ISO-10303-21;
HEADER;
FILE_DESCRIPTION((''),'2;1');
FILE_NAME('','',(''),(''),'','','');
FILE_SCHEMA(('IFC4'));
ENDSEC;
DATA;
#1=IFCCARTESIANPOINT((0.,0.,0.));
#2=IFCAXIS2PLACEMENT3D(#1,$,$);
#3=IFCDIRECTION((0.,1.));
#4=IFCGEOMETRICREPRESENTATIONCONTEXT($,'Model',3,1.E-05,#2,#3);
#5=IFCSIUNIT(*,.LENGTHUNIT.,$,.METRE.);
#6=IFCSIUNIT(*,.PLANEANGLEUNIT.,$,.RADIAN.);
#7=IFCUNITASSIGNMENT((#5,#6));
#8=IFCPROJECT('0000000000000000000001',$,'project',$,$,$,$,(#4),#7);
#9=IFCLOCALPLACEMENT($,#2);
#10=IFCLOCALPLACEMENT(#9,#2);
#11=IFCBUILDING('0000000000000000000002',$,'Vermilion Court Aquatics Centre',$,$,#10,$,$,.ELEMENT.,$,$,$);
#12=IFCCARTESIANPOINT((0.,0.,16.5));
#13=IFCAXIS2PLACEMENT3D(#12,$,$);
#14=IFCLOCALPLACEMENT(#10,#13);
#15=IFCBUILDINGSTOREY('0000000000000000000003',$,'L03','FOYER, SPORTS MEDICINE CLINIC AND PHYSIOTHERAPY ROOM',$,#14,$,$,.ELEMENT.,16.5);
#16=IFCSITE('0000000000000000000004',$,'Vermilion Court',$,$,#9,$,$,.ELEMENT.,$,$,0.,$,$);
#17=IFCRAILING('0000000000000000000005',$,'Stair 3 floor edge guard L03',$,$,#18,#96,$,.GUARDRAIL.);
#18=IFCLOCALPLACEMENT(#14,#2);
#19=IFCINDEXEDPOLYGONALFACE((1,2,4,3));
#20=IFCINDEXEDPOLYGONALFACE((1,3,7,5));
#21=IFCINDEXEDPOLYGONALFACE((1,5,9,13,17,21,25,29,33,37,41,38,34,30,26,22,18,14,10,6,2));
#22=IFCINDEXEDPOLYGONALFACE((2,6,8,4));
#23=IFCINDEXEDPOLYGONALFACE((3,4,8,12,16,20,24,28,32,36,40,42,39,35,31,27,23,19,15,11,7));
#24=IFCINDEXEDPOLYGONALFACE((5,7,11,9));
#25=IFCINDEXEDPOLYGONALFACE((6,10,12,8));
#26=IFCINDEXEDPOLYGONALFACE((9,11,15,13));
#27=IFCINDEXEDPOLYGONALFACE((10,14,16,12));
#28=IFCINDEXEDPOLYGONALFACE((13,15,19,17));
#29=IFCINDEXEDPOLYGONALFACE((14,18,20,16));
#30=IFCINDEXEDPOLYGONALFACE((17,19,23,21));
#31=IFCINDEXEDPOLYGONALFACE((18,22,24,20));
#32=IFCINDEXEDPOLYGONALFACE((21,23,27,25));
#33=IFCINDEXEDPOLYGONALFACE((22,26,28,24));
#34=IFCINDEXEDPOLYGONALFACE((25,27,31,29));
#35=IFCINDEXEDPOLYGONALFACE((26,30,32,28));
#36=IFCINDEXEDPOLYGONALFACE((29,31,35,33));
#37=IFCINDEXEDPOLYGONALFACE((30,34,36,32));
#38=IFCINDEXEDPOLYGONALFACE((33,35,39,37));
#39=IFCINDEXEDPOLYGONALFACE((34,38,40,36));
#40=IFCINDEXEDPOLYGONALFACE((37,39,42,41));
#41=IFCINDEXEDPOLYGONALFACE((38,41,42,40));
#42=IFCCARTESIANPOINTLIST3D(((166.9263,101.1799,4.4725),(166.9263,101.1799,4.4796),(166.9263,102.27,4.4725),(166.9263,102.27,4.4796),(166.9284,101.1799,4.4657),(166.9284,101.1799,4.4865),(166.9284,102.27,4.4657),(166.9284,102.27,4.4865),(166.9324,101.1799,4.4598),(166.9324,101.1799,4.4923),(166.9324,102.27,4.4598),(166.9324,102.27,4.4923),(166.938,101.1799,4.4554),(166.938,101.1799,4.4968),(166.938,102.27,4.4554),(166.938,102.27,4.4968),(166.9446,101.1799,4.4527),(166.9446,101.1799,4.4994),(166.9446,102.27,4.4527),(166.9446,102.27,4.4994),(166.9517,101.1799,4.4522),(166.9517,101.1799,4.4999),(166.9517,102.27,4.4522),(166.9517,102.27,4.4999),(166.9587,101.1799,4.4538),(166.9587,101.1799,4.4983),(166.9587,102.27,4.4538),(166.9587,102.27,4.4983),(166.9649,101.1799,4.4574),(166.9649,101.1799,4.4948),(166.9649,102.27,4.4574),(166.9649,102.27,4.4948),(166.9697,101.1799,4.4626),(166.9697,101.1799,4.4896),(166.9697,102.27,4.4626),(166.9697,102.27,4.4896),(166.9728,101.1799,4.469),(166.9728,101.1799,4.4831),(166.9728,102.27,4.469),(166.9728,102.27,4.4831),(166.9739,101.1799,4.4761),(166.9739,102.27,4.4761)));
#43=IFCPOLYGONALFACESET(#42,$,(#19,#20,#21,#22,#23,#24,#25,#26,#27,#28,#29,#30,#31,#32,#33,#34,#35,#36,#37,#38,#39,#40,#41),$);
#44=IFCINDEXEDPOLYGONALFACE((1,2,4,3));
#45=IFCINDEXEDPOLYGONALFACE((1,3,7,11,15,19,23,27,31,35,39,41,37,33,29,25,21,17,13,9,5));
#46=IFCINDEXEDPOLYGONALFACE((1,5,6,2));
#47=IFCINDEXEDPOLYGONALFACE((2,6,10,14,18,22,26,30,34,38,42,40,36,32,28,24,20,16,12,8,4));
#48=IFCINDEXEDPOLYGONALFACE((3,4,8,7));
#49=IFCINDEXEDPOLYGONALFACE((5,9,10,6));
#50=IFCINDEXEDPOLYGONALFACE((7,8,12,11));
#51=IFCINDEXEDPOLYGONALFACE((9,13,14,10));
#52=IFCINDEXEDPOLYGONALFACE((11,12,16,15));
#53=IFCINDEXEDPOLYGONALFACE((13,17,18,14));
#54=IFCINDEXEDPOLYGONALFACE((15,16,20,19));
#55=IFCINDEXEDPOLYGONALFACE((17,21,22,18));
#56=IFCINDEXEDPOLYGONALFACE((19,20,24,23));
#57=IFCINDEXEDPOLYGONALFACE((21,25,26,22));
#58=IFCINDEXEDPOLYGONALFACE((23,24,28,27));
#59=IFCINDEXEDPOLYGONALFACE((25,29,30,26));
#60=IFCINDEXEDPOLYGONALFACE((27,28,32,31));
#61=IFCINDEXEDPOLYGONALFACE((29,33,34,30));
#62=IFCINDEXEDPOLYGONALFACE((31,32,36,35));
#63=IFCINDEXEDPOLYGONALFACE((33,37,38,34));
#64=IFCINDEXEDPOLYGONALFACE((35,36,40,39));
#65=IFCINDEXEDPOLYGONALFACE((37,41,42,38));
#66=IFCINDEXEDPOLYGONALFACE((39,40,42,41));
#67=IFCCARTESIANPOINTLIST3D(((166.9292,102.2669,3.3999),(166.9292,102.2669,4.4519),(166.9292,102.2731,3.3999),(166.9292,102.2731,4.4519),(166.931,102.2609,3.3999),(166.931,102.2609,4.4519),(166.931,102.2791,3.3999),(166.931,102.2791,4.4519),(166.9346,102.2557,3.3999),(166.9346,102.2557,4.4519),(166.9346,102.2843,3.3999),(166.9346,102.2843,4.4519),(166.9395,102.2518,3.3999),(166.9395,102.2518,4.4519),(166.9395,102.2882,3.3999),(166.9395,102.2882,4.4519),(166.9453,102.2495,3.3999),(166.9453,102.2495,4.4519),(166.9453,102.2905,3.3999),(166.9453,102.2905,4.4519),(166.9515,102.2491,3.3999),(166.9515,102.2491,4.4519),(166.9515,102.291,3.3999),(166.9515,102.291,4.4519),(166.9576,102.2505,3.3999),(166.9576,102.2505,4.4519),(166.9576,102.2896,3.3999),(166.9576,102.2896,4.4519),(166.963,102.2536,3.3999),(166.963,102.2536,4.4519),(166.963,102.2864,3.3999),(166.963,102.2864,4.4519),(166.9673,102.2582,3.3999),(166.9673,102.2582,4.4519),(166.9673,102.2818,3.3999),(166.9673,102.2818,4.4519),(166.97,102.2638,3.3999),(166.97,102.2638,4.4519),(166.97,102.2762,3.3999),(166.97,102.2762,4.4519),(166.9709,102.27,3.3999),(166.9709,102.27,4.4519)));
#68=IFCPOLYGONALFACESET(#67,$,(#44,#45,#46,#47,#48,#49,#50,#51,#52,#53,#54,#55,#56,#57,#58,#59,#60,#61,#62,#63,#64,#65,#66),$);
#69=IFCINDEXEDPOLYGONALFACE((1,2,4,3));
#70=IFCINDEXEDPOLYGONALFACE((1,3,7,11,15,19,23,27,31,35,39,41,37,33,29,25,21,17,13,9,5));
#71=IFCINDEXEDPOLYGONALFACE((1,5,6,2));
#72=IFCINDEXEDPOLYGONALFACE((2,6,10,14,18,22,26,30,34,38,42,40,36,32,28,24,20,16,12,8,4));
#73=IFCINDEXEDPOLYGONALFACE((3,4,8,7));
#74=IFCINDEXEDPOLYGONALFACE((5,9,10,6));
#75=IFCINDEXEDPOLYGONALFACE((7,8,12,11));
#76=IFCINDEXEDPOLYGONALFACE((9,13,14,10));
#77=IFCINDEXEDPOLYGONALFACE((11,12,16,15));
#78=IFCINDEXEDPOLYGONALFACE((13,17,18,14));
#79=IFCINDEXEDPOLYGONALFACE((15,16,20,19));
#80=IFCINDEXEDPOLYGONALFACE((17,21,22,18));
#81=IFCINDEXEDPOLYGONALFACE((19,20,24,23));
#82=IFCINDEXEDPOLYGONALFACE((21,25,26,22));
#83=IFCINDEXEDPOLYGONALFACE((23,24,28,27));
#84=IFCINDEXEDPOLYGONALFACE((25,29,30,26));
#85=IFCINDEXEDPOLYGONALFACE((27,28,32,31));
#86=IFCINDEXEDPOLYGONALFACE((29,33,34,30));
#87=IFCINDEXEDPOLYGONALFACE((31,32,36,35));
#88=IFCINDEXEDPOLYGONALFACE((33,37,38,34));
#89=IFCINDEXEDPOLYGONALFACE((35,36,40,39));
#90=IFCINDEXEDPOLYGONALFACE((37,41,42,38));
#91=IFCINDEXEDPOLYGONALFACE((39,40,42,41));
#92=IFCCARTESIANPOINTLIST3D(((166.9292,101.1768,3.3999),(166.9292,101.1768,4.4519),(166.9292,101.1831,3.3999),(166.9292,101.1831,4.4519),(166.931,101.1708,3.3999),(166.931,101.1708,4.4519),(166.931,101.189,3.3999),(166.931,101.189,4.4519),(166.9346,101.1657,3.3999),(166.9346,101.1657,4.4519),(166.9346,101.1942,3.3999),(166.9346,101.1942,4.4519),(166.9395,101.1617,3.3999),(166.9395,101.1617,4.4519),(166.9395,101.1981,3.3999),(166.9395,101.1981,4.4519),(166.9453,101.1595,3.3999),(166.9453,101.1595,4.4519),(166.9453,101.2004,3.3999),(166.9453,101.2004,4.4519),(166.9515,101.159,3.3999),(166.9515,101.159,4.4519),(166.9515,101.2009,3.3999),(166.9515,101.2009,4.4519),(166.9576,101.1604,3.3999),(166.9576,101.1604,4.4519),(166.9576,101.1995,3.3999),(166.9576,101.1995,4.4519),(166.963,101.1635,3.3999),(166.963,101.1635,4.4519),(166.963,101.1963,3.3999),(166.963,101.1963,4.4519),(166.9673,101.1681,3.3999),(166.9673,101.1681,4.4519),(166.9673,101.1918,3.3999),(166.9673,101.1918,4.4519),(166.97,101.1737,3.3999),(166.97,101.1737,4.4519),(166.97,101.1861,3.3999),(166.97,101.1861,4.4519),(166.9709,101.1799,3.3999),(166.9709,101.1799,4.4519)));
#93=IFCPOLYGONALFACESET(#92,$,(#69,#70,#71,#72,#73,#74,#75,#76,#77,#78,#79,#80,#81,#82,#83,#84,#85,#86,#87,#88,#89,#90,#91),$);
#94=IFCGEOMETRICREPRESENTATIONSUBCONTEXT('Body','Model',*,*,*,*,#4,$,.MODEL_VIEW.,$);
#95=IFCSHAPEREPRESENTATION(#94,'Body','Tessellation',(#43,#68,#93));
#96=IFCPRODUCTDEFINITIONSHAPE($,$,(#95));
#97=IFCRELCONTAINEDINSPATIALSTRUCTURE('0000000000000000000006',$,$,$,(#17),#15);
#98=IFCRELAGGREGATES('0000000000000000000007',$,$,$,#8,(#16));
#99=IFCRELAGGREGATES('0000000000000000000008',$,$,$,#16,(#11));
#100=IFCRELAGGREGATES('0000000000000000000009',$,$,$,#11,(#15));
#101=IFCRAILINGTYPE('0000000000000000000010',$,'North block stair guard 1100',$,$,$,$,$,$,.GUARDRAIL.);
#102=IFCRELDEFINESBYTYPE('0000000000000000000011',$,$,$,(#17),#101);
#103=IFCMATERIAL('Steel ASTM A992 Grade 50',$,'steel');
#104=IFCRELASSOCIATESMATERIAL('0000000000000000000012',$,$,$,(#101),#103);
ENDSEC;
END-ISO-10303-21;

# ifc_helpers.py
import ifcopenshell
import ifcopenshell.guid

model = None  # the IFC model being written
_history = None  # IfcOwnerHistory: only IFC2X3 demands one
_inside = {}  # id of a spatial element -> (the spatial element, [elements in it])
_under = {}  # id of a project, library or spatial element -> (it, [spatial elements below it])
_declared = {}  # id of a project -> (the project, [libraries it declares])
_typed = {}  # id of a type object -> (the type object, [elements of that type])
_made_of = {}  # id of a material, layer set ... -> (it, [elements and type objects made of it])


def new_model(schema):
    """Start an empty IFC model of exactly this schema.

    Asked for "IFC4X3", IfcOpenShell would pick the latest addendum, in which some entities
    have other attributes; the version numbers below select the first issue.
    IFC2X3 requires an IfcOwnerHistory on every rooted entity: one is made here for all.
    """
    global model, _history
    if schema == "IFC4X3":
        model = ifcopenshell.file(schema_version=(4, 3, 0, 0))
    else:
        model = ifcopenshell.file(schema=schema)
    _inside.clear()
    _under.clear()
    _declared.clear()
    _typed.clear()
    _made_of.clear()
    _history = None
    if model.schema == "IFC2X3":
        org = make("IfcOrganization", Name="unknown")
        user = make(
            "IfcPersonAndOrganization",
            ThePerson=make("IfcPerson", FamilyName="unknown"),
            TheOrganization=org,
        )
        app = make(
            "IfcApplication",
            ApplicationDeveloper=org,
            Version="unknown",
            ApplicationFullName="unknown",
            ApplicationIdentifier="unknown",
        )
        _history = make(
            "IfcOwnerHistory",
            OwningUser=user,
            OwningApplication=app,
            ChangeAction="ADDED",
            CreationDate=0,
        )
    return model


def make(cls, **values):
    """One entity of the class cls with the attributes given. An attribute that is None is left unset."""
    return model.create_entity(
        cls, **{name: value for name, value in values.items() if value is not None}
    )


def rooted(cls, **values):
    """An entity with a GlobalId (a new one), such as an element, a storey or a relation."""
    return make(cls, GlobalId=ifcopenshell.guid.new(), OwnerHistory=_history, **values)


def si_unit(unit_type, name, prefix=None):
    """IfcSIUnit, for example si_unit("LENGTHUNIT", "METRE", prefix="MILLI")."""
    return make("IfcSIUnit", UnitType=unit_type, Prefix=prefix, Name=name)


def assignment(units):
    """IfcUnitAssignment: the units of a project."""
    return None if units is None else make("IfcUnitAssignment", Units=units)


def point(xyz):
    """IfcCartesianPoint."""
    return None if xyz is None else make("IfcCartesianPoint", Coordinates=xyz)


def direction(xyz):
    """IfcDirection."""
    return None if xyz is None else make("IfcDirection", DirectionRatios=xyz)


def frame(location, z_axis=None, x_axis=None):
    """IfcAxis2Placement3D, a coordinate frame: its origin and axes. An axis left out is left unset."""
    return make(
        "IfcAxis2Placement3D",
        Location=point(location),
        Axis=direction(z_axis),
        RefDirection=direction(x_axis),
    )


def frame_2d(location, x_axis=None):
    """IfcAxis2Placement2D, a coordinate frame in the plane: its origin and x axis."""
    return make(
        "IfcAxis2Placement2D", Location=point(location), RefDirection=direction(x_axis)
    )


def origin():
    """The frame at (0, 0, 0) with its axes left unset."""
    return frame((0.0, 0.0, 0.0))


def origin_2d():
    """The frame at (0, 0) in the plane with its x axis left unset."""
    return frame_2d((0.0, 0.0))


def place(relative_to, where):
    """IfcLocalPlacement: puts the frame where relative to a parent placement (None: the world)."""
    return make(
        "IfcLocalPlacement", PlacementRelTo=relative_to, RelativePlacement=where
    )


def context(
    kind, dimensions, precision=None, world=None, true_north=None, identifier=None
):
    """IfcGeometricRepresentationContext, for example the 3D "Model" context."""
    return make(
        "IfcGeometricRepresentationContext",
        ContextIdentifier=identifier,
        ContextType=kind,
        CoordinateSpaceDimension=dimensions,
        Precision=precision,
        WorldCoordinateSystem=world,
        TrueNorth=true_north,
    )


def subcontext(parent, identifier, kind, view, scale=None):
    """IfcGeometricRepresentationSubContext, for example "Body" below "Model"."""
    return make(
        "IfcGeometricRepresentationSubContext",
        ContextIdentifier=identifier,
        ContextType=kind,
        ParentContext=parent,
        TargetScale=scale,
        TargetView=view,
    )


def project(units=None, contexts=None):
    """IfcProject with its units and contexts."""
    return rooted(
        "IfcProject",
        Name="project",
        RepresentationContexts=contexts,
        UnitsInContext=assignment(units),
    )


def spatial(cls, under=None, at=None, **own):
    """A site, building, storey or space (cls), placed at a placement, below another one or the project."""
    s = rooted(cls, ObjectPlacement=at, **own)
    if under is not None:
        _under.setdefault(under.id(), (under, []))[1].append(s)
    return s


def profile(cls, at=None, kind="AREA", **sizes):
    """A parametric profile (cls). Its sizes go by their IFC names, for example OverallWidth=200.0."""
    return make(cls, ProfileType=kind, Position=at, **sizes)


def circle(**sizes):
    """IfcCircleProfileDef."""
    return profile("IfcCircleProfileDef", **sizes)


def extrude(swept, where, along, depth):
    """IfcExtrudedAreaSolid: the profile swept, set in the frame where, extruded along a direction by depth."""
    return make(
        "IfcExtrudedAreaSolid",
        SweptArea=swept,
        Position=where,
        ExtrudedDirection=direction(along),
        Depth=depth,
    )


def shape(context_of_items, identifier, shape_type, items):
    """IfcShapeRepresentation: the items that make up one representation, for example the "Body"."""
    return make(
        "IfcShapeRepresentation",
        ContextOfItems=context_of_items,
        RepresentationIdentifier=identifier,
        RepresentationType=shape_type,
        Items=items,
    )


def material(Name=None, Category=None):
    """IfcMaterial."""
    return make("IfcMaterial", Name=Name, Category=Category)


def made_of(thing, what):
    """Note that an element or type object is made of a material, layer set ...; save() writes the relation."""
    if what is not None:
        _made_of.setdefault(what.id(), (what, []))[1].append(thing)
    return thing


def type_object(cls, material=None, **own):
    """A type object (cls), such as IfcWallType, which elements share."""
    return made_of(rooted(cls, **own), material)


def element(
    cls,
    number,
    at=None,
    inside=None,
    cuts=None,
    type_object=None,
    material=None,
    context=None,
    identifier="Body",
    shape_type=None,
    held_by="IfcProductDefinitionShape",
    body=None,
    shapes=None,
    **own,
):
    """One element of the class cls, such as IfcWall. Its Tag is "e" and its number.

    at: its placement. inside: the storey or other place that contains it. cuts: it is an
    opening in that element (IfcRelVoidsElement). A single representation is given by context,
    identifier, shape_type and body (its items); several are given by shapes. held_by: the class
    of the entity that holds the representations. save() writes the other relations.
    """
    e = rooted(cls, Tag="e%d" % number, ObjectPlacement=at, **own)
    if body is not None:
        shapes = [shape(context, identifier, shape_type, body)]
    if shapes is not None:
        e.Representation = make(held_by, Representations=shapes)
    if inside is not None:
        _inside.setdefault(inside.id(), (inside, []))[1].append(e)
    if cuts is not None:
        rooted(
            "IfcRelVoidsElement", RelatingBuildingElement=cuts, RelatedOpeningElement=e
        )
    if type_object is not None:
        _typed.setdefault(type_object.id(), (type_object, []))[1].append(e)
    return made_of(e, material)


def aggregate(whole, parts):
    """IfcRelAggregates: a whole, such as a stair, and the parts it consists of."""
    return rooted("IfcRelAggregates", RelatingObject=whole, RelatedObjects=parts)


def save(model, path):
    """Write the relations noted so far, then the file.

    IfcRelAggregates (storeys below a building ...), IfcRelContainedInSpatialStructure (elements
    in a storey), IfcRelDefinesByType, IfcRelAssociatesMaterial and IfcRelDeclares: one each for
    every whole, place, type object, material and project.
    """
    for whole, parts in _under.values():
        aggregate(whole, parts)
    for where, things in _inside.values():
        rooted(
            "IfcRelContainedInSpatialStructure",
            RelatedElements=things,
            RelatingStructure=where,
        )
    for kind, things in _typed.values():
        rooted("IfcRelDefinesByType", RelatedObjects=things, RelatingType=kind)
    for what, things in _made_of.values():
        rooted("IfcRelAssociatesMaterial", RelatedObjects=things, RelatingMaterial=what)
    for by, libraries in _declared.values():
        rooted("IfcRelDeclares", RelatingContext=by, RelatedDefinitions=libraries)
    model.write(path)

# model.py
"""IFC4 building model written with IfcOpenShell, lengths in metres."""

from ifc_helpers import new_model, si_unit, direction, frame, origin, origin_2d, place, context, subcontext, project, spatial, circle, extrude, material, type_object, element, save


model = new_model("IFC4")

# Units and contexts
model_context = context("Model", 3, precision=1e-05, world=origin(), true_north=direction((0.0, 1.0)))
body_context = subcontext(model_context, "Body", "Model", "MODEL_VIEW")
ifc_project = project(units=[si_unit("LENGTHUNIT", "METRE"), si_unit("PLANEANGLEUNIT", "RADIAN")], contexts=[model_context])

# Site, building, storey
site_placement = place(None, origin())
site = spatial("IfcSite", under=ifc_project, at=site_placement, Name="Vermilion Court", CompositionType="ELEMENT", RefElevation=0.0)
building_placement = place(site_placement, origin())
building = spatial("IfcBuilding", under=site, at=building_placement, Name="Vermilion Court Aquatics Centre", CompositionType="ELEMENT")
storey_placement = place(building_placement, frame((0.0, 0.0, 16.5)))
storey = spatial("IfcBuildingStorey", under=building, at=storey_placement, Name="L03", Description="FOYER, SPORTS MEDICINE CLINIC AND PHYSIOTHERAPY ROOM", CompositionType="ELEMENT", Elevation=16.5)

# Railing
ifc_material_1 = material(Name="Steel ASTM A992 Grade 50", Category="steel")
railing_type_1 = type_object("IfcRailingType", Name="North block stair guard 1100", PredefinedType="GUARDRAIL", material=ifc_material_1)
railing_1_placement = place(storey_placement, frame((166.95, 102.27, 3.3999)))
element("IfcRailing", 1, at=railing_1_placement, inside=storey, type_object=railing_type_1, Name="Stair 3 floor edge guard L03", PredefinedType="GUARDRAIL", context=body_context, shape_type="SweptSolid", body=[
    extrude(circle(Radius=0.0239, at=origin_2d()), frame((0.0, 0.0, 1.0762), z_axis=(0.0, -1.0, 0.0), x_axis=(1.0, 0.0, 0.0)), (0.0, 0.0, 1.0), 1.0901),
    extrude(circle(Radius=0.021, at=origin_2d()), origin(), (0.0, 0.0, 1.0), 1.052),
    extrude(circle(Radius=0.021, at=origin_2d()), frame((0.0, -1.0901, 0.0)), (0.0, 0.0, 1.0), 1.052),
])

save(model, "model.ifc")
